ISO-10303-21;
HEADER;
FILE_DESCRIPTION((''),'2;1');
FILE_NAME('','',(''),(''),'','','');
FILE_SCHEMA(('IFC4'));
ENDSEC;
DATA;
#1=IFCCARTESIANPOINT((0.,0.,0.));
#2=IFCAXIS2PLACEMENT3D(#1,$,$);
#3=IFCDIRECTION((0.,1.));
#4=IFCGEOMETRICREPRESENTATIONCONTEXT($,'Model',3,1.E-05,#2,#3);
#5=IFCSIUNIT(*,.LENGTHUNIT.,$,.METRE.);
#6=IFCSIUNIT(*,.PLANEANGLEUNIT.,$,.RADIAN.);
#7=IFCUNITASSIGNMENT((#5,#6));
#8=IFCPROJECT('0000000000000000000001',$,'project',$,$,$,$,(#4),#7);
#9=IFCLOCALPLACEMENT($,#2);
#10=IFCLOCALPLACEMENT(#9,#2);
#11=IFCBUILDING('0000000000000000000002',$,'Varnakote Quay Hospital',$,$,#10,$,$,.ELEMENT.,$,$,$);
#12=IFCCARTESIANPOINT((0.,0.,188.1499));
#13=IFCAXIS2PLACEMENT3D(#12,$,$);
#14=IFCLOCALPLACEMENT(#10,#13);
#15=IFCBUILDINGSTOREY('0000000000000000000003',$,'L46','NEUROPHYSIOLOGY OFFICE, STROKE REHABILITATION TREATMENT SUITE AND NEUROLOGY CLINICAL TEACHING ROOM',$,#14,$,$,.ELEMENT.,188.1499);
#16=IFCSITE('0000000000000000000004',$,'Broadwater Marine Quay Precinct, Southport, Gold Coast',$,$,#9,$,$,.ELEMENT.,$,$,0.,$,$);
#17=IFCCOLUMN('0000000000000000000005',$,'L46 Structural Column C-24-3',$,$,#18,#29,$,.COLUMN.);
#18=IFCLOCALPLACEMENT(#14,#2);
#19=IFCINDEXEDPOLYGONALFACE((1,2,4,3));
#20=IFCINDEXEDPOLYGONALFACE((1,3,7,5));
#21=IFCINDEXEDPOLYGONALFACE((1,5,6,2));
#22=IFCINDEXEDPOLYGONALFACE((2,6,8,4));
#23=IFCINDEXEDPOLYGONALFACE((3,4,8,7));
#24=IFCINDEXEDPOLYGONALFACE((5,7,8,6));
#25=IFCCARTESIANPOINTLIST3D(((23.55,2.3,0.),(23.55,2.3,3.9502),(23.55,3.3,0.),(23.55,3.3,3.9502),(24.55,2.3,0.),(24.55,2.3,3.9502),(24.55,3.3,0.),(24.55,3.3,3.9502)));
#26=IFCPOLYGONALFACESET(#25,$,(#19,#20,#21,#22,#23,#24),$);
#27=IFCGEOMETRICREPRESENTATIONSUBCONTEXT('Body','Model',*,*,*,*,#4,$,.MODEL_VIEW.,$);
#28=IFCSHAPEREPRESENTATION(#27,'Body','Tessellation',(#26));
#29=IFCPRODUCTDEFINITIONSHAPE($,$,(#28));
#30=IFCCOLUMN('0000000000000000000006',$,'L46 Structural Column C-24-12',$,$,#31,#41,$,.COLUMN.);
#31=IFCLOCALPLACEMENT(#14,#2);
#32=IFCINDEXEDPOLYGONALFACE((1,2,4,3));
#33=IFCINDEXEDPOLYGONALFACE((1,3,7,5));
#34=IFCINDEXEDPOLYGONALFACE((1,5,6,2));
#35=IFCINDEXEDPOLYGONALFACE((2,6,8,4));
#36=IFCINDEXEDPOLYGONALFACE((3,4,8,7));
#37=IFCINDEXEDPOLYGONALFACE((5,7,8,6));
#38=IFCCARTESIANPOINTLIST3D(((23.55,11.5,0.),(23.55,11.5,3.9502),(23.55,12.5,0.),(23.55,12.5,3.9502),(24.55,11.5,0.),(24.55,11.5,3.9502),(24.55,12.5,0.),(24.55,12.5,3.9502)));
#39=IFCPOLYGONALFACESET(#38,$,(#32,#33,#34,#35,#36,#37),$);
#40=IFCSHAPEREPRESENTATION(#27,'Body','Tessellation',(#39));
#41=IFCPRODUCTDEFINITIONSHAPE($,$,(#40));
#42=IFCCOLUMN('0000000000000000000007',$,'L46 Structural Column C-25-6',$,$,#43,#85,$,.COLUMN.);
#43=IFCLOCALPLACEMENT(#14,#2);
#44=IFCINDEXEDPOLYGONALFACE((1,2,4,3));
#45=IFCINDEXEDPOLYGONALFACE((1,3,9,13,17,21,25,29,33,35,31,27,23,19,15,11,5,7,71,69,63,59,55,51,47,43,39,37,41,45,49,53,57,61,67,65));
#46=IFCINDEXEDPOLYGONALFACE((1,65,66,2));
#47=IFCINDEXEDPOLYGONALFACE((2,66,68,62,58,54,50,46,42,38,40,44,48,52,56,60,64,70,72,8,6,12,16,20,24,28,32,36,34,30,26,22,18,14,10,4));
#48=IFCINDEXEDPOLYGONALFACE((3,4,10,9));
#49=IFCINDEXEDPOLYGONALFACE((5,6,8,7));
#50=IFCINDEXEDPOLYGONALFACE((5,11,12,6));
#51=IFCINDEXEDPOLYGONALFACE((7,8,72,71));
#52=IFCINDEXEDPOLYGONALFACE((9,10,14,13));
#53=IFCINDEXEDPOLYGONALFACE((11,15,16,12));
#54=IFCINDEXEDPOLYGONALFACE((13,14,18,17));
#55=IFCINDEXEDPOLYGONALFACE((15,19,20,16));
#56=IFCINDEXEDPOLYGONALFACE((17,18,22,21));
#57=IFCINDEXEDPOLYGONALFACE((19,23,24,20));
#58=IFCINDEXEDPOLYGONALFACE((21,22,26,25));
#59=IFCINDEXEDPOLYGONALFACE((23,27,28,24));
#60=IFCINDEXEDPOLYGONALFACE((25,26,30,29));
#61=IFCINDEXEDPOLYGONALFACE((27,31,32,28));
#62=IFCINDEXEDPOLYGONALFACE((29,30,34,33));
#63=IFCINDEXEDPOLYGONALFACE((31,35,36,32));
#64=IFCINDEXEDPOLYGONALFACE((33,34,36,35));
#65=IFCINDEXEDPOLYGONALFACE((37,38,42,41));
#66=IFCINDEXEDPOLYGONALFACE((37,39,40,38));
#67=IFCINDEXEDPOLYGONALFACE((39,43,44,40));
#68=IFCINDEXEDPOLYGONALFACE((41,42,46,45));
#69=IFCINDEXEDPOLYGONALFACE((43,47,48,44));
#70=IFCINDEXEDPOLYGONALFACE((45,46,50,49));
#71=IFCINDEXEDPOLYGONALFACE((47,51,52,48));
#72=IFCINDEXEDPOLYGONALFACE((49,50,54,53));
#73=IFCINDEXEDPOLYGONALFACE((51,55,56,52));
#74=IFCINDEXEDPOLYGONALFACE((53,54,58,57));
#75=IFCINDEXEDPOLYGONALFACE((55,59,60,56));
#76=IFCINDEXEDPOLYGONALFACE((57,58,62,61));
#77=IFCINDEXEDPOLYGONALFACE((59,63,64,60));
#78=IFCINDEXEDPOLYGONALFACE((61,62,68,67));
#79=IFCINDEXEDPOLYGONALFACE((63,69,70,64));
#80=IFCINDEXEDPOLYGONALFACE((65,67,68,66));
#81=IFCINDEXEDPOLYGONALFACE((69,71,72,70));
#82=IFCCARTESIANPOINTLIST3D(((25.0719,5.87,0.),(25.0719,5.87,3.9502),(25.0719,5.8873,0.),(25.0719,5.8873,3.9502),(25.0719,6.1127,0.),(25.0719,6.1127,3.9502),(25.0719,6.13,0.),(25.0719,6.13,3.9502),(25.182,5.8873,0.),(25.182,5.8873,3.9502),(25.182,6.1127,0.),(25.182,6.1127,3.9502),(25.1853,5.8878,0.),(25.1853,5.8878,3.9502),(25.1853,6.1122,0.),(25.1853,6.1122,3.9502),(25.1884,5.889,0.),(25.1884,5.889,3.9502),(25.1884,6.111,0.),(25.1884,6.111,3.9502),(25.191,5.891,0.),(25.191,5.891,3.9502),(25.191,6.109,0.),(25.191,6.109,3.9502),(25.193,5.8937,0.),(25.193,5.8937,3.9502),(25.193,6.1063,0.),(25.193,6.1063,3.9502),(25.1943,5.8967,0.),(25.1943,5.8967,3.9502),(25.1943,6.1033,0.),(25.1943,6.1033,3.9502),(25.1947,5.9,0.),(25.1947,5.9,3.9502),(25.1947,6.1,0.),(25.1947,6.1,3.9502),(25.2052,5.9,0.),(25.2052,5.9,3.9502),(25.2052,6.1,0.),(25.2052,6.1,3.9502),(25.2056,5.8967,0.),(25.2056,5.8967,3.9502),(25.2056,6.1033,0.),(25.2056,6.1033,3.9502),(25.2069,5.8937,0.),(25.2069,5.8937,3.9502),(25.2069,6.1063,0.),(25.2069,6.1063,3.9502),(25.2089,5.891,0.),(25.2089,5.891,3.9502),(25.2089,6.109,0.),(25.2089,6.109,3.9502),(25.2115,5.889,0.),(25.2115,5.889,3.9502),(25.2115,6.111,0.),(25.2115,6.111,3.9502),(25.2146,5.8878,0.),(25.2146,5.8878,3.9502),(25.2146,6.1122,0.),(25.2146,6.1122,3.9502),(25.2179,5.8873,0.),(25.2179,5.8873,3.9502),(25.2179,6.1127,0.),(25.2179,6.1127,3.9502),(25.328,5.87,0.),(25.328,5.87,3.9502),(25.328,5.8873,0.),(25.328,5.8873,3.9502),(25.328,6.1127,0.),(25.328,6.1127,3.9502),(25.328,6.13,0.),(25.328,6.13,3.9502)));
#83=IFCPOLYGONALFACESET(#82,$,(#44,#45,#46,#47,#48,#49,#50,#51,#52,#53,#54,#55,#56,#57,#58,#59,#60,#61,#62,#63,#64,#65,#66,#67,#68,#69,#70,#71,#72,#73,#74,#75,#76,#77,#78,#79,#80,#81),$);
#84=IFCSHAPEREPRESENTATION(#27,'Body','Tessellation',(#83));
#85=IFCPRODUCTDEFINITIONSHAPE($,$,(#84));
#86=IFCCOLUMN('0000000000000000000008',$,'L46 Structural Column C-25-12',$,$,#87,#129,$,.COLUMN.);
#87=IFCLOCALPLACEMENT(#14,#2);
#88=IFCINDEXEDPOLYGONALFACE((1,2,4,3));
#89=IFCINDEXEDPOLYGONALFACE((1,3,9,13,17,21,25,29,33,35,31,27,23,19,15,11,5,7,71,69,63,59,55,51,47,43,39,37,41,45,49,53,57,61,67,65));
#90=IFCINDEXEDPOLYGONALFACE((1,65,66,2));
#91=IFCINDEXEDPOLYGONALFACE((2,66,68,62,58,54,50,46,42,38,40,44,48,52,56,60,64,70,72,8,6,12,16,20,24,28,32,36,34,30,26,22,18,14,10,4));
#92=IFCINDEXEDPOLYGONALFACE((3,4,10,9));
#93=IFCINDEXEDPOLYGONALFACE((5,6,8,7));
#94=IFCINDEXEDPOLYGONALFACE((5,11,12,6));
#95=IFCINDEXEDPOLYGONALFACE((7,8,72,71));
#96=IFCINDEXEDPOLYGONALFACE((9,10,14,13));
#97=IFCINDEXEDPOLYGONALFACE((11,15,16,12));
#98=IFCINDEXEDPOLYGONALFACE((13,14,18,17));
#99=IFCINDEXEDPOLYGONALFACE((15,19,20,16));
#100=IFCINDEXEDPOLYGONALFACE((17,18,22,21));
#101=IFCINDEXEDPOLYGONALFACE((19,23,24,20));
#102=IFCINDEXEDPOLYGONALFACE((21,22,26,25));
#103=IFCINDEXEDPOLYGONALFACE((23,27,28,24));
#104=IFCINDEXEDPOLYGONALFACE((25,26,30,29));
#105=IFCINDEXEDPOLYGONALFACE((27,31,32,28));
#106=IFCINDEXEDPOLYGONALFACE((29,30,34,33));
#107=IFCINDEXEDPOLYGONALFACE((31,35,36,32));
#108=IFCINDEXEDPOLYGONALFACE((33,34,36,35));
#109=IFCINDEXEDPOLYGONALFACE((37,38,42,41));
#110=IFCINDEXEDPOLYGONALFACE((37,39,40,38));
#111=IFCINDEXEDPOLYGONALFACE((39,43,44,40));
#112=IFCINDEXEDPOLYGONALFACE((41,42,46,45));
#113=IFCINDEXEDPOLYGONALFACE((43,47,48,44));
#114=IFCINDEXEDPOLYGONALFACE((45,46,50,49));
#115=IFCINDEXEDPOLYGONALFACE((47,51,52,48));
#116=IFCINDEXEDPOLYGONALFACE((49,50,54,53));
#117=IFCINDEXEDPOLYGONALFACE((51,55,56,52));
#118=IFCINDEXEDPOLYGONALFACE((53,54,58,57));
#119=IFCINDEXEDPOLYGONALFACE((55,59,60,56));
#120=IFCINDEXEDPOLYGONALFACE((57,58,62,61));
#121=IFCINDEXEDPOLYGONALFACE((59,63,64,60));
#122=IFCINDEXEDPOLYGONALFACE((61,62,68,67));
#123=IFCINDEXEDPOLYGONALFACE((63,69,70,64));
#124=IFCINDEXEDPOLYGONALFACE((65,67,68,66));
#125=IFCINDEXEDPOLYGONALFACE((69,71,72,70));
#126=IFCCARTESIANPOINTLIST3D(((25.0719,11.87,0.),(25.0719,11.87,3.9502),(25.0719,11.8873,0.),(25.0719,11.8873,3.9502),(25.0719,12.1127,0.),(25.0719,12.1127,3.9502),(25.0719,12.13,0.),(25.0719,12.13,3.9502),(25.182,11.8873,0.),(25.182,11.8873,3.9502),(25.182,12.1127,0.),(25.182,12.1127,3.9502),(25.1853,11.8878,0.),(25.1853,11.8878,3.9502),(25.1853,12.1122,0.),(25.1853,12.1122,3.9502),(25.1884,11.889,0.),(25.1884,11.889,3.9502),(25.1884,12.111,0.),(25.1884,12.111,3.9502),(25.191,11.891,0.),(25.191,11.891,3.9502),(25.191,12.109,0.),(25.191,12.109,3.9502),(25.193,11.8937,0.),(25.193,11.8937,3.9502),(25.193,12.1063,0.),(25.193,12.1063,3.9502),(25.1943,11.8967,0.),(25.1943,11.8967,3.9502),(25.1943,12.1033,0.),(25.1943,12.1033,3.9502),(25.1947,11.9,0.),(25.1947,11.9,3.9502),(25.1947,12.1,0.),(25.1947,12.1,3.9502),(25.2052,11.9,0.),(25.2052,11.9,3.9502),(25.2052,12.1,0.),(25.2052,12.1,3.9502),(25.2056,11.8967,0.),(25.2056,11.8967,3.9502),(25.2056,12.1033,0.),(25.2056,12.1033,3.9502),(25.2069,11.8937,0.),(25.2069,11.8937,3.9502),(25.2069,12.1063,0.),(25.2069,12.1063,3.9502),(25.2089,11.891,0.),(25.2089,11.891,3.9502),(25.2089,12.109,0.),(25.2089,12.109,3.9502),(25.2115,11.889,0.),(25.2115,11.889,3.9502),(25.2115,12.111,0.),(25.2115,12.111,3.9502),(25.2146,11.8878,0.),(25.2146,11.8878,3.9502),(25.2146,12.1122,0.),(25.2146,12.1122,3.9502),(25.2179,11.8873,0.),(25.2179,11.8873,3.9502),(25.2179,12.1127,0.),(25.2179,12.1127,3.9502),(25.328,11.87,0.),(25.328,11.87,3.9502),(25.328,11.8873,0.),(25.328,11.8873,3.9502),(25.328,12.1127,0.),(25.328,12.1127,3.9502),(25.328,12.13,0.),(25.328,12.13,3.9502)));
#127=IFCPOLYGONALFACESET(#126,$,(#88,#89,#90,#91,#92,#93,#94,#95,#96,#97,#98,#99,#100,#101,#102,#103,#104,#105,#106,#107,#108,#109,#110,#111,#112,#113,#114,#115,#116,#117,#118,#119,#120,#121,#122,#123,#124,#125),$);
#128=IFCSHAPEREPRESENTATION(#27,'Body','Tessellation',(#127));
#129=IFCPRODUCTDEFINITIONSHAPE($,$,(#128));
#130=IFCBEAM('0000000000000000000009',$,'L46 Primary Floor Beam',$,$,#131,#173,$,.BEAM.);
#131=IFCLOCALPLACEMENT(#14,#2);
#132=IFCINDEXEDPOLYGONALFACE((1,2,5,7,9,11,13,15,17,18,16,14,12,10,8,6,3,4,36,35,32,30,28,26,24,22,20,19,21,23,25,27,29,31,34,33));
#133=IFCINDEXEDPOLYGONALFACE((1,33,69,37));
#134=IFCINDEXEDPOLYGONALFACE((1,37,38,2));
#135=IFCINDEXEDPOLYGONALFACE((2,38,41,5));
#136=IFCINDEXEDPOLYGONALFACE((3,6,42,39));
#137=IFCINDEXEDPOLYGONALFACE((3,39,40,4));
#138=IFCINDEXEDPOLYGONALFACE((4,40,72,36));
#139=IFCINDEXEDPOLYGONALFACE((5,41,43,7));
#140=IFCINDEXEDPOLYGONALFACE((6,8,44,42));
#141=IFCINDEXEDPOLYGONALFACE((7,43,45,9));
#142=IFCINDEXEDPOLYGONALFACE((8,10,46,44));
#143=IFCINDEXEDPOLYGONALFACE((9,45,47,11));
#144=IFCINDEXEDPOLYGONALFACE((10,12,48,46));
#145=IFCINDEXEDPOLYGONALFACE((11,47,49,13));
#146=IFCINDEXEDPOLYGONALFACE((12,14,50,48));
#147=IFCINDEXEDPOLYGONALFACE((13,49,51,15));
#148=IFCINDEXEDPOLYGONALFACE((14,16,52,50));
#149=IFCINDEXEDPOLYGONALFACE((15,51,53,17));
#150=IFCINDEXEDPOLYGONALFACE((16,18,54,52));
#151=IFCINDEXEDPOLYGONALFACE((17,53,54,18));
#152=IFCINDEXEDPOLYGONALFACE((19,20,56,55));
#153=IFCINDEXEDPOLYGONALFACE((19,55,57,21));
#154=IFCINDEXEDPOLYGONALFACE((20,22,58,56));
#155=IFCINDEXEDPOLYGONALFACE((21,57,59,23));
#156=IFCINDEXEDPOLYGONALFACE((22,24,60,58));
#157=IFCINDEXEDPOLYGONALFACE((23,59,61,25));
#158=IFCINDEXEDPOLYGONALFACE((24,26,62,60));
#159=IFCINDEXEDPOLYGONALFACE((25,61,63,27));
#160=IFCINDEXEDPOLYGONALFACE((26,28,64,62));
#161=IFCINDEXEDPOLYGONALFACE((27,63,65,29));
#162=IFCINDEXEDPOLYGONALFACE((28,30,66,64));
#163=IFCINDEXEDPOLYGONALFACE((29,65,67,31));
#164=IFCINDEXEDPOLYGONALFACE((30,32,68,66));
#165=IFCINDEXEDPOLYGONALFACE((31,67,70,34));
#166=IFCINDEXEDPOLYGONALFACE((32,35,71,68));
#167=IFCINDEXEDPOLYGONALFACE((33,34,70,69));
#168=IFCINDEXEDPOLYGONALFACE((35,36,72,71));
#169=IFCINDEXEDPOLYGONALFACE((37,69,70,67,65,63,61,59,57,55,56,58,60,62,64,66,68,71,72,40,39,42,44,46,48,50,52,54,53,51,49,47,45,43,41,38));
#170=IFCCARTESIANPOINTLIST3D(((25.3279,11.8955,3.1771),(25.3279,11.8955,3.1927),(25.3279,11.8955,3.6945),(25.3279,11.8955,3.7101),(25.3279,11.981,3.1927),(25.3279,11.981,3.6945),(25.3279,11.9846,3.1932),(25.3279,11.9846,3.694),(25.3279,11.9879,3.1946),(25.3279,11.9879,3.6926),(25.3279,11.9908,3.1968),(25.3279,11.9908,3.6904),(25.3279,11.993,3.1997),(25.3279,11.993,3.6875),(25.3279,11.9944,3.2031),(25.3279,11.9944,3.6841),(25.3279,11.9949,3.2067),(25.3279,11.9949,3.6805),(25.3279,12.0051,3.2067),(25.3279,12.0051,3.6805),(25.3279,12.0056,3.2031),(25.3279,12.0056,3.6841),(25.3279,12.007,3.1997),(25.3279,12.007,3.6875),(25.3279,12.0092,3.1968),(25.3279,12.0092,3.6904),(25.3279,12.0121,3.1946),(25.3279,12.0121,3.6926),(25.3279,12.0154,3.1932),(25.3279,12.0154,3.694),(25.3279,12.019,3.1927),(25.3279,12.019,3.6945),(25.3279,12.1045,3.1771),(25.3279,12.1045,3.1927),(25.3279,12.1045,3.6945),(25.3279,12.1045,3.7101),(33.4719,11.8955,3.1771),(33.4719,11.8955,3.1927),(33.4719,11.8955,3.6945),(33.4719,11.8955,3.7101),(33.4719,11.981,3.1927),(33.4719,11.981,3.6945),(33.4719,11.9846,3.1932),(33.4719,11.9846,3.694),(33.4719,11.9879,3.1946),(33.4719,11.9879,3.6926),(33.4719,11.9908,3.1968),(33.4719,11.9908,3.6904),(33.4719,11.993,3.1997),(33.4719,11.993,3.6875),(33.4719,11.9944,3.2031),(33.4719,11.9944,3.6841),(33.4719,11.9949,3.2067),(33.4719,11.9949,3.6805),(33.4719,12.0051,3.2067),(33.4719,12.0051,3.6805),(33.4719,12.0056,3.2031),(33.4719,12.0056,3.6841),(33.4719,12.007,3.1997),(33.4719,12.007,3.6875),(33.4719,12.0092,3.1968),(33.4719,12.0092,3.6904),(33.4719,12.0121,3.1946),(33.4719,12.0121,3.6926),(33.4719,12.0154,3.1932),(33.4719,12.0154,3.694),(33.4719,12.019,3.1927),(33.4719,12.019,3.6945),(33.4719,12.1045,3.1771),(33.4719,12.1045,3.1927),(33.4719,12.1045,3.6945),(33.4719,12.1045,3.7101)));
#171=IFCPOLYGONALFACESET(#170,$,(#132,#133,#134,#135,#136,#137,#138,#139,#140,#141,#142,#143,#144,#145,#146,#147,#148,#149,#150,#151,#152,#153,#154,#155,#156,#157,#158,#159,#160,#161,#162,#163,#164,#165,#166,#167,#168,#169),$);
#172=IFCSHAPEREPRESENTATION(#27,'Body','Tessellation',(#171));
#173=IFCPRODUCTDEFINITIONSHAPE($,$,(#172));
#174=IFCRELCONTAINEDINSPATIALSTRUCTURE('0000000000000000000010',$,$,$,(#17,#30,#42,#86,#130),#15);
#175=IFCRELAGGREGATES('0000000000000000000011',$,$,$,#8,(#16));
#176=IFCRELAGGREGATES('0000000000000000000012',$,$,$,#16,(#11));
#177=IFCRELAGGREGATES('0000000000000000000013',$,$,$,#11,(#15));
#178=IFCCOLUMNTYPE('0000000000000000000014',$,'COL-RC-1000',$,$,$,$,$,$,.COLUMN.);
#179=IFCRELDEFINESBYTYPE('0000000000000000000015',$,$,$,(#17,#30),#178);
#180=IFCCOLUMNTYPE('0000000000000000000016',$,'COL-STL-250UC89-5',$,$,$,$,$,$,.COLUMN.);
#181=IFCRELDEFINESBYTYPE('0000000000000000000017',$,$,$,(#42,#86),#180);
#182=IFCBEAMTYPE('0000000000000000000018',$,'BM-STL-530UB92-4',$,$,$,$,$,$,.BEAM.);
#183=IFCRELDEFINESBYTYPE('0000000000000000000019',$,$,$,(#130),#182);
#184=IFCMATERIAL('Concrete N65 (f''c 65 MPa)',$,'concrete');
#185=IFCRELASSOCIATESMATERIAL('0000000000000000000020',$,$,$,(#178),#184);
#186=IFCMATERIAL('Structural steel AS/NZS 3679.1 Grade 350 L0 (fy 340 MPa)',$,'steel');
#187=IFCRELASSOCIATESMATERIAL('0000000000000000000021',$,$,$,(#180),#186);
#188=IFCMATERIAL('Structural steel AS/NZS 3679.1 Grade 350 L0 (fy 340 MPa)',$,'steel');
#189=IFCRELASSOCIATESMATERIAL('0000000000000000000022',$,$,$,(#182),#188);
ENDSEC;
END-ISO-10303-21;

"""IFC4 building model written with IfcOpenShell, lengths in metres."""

from ifc_helpers import new_model, si_unit, direction, frame, origin, origin_2d, place, context, subcontext, project, spatial, rectangle, i_section, extrude, material, material_profile, profile_set, type_object, element, save


model = new_model("IFC4")

# Units and contexts
model_context = context("Model", 3, precision=1e-05, world=origin(), true_north=direction((0.0, 1.0)))
body_context = subcontext(model_context, "Body", "Model", "MODEL_VIEW")
ifc_project = project(units=[si_unit("LENGTHUNIT", "METRE"), si_unit("PLANEANGLEUNIT", "RADIAN")], contexts=[model_context])

# Site, building, storey
site_placement = place(None, origin())
site = spatial("IfcSite", under=ifc_project, at=site_placement, Name="Broadwater Marine Quay Precinct, Southport, Gold Coast", CompositionType="ELEMENT", RefElevation=0.0)
building_placement = place(site_placement, origin())
building = spatial("IfcBuilding", under=site, at=building_placement, Name="Varnakote Quay Hospital", CompositionType="ELEMENT")
storey_placement = place(building_placement, frame((0.0, 0.0, 188.1499)))
storey = spatial("IfcBuildingStorey", under=building, at=storey_placement, Name="L46", Description="NEUROPHYSIOLOGY OFFICE, STROKE REHABILITATION TREATMENT SUITE AND NEUROLOGY CLINICAL TEACHING ROOM", CompositionType="ELEMENT", Elevation=188.1499)

# Columns
ifc_material_1 = material(Name="Concrete N65 (f'c 65 MPa)", Category="concrete")
ifc_material_profile_1 = material_profile(ifc_material_1, rectangle(XDim=1.0, YDim=1.0, at=origin_2d()), Name="RC-COL-1000x1000")
ifc_profile_set_1 = profile_set([ifc_material_profile_1], Name="Concrete N65 (f'c 65 MPa)")
column_type_1 = type_object("IfcColumnType", Name="COL-RC-1000", PredefinedType="COLUMN", material=ifc_profile_set_1)
for number, where, z_axis, x_axis, name in (
    (1, (24.05, 2.8, 0.0), (0.0, 0.0, 1.0), (1.0, 0.0, 0.0), "L46 Structural Column C-24-3"),
    (2, (24.05, 12.0, 0.0), (0.0, 0.0, 1.0), (1.0, 0.0, 0.0), "L46 Structural Column C-24-12"),
):
    element("IfcColumn", number, at=place(storey_placement, frame(where, z_axis=z_axis, x_axis=x_axis)), inside=storey, type_object=column_type_1, Name=name, PredefinedType="COLUMN", context=body_context, shape_type="SweptSolid", body=[
        extrude(rectangle(XDim=1.0, YDim=1.0, at=origin_2d()), origin(), (0.0, 0.0, 1.0), 3.9502),
    ])
ifc_material_2 = material(Name="Structural steel AS/NZS 3679.1 Grade 350 L0 (fy 340 MPa)", Category="steel")
ifc_material_profile_2 = material_profile(ifc_material_2, i_section(OverallWidth=0.2561, OverallDepth=0.26, WebThickness=0.0105, FlangeThickness=0.0173, FilletRadius=0.0127, at=origin_2d()), Name="250UC89.5")
ifc_profile_set_2 = profile_set([ifc_material_profile_2], Name="Structural steel AS/NZS 3679.1 Grade 350 L0 (fy 340 MPa)")
column_type_2 = type_object("IfcColumnType", Name="COL-STL-250UC89-5", PredefinedType="COLUMN", material=ifc_profile_set_2)
for number, where, z_axis, x_axis, name in (
    (3, (25.2, 6.0, 0.0), (0.0, 0.0, 1.0), (1.0, 0.0, 0.0), "L46 Structural Column C-25-6"),
    (4, (25.2, 12.0, 0.0), (0.0, 0.0, 1.0), (1.0, 0.0, 0.0), "L46 Structural Column C-25-12"),
):
    element("IfcColumn", number, at=place(storey_placement, frame(where, z_axis=z_axis, x_axis=x_axis)), inside=storey, type_object=column_type_2, Name=name, PredefinedType="COLUMN", context=body_context, shape_type="SweptSolid", body=[
        extrude(i_section(OverallWidth=0.2561, OverallDepth=0.26, WebThickness=0.0105, FlangeThickness=0.0173, FilletRadius=0.0127, at=origin_2d()), origin(), (0.0, 0.0, 1.0), 3.9502),
    ])

# Beam
ifc_material_3 = material(Name="Structural steel AS/NZS 3679.1 Grade 350 L0 (fy 340 MPa)", Category="steel")
ifc_material_profile_3 = material_profile(ifc_material_3, i_section(OverallWidth=0.209, OverallDepth=0.533, WebThickness=0.0103, FlangeThickness=0.0156, FilletRadius=0.0139, at=origin_2d()), Name="530UB92.4")
ifc_profile_set_3 = profile_set([ifc_material_profile_3], Name="Structural steel AS/NZS 3679.1 Grade 350 L0 (fy 340 MPa)")
beam_type_1 = type_object("IfcBeamType", Name="BM-STL-530UB92-4", PredefinedType="BEAM", material=ifc_profile_set_3)
beam_1_placement = place(storey_placement, frame((25.3279, 12.0, 3.4436), z_axis=(1.0, 0.0, 0.0), x_axis=(0.0, 1.0, 0.0)))
element("IfcBeam", 5, at=beam_1_placement, inside=storey, type_object=beam_type_1, Name="L46 Primary Floor Beam", PredefinedType="BEAM", context=body_context, shape_type="SweptSolid", body=[
    extrude(i_section(OverallWidth=0.209, OverallDepth=0.533, WebThickness=0.0103, FlangeThickness=0.0156, FilletRadius=0.0139, at=origin_2d()), origin(), (0.0, 0.0, 1.0), 8.144),
])

save(model, "model.ifc")
